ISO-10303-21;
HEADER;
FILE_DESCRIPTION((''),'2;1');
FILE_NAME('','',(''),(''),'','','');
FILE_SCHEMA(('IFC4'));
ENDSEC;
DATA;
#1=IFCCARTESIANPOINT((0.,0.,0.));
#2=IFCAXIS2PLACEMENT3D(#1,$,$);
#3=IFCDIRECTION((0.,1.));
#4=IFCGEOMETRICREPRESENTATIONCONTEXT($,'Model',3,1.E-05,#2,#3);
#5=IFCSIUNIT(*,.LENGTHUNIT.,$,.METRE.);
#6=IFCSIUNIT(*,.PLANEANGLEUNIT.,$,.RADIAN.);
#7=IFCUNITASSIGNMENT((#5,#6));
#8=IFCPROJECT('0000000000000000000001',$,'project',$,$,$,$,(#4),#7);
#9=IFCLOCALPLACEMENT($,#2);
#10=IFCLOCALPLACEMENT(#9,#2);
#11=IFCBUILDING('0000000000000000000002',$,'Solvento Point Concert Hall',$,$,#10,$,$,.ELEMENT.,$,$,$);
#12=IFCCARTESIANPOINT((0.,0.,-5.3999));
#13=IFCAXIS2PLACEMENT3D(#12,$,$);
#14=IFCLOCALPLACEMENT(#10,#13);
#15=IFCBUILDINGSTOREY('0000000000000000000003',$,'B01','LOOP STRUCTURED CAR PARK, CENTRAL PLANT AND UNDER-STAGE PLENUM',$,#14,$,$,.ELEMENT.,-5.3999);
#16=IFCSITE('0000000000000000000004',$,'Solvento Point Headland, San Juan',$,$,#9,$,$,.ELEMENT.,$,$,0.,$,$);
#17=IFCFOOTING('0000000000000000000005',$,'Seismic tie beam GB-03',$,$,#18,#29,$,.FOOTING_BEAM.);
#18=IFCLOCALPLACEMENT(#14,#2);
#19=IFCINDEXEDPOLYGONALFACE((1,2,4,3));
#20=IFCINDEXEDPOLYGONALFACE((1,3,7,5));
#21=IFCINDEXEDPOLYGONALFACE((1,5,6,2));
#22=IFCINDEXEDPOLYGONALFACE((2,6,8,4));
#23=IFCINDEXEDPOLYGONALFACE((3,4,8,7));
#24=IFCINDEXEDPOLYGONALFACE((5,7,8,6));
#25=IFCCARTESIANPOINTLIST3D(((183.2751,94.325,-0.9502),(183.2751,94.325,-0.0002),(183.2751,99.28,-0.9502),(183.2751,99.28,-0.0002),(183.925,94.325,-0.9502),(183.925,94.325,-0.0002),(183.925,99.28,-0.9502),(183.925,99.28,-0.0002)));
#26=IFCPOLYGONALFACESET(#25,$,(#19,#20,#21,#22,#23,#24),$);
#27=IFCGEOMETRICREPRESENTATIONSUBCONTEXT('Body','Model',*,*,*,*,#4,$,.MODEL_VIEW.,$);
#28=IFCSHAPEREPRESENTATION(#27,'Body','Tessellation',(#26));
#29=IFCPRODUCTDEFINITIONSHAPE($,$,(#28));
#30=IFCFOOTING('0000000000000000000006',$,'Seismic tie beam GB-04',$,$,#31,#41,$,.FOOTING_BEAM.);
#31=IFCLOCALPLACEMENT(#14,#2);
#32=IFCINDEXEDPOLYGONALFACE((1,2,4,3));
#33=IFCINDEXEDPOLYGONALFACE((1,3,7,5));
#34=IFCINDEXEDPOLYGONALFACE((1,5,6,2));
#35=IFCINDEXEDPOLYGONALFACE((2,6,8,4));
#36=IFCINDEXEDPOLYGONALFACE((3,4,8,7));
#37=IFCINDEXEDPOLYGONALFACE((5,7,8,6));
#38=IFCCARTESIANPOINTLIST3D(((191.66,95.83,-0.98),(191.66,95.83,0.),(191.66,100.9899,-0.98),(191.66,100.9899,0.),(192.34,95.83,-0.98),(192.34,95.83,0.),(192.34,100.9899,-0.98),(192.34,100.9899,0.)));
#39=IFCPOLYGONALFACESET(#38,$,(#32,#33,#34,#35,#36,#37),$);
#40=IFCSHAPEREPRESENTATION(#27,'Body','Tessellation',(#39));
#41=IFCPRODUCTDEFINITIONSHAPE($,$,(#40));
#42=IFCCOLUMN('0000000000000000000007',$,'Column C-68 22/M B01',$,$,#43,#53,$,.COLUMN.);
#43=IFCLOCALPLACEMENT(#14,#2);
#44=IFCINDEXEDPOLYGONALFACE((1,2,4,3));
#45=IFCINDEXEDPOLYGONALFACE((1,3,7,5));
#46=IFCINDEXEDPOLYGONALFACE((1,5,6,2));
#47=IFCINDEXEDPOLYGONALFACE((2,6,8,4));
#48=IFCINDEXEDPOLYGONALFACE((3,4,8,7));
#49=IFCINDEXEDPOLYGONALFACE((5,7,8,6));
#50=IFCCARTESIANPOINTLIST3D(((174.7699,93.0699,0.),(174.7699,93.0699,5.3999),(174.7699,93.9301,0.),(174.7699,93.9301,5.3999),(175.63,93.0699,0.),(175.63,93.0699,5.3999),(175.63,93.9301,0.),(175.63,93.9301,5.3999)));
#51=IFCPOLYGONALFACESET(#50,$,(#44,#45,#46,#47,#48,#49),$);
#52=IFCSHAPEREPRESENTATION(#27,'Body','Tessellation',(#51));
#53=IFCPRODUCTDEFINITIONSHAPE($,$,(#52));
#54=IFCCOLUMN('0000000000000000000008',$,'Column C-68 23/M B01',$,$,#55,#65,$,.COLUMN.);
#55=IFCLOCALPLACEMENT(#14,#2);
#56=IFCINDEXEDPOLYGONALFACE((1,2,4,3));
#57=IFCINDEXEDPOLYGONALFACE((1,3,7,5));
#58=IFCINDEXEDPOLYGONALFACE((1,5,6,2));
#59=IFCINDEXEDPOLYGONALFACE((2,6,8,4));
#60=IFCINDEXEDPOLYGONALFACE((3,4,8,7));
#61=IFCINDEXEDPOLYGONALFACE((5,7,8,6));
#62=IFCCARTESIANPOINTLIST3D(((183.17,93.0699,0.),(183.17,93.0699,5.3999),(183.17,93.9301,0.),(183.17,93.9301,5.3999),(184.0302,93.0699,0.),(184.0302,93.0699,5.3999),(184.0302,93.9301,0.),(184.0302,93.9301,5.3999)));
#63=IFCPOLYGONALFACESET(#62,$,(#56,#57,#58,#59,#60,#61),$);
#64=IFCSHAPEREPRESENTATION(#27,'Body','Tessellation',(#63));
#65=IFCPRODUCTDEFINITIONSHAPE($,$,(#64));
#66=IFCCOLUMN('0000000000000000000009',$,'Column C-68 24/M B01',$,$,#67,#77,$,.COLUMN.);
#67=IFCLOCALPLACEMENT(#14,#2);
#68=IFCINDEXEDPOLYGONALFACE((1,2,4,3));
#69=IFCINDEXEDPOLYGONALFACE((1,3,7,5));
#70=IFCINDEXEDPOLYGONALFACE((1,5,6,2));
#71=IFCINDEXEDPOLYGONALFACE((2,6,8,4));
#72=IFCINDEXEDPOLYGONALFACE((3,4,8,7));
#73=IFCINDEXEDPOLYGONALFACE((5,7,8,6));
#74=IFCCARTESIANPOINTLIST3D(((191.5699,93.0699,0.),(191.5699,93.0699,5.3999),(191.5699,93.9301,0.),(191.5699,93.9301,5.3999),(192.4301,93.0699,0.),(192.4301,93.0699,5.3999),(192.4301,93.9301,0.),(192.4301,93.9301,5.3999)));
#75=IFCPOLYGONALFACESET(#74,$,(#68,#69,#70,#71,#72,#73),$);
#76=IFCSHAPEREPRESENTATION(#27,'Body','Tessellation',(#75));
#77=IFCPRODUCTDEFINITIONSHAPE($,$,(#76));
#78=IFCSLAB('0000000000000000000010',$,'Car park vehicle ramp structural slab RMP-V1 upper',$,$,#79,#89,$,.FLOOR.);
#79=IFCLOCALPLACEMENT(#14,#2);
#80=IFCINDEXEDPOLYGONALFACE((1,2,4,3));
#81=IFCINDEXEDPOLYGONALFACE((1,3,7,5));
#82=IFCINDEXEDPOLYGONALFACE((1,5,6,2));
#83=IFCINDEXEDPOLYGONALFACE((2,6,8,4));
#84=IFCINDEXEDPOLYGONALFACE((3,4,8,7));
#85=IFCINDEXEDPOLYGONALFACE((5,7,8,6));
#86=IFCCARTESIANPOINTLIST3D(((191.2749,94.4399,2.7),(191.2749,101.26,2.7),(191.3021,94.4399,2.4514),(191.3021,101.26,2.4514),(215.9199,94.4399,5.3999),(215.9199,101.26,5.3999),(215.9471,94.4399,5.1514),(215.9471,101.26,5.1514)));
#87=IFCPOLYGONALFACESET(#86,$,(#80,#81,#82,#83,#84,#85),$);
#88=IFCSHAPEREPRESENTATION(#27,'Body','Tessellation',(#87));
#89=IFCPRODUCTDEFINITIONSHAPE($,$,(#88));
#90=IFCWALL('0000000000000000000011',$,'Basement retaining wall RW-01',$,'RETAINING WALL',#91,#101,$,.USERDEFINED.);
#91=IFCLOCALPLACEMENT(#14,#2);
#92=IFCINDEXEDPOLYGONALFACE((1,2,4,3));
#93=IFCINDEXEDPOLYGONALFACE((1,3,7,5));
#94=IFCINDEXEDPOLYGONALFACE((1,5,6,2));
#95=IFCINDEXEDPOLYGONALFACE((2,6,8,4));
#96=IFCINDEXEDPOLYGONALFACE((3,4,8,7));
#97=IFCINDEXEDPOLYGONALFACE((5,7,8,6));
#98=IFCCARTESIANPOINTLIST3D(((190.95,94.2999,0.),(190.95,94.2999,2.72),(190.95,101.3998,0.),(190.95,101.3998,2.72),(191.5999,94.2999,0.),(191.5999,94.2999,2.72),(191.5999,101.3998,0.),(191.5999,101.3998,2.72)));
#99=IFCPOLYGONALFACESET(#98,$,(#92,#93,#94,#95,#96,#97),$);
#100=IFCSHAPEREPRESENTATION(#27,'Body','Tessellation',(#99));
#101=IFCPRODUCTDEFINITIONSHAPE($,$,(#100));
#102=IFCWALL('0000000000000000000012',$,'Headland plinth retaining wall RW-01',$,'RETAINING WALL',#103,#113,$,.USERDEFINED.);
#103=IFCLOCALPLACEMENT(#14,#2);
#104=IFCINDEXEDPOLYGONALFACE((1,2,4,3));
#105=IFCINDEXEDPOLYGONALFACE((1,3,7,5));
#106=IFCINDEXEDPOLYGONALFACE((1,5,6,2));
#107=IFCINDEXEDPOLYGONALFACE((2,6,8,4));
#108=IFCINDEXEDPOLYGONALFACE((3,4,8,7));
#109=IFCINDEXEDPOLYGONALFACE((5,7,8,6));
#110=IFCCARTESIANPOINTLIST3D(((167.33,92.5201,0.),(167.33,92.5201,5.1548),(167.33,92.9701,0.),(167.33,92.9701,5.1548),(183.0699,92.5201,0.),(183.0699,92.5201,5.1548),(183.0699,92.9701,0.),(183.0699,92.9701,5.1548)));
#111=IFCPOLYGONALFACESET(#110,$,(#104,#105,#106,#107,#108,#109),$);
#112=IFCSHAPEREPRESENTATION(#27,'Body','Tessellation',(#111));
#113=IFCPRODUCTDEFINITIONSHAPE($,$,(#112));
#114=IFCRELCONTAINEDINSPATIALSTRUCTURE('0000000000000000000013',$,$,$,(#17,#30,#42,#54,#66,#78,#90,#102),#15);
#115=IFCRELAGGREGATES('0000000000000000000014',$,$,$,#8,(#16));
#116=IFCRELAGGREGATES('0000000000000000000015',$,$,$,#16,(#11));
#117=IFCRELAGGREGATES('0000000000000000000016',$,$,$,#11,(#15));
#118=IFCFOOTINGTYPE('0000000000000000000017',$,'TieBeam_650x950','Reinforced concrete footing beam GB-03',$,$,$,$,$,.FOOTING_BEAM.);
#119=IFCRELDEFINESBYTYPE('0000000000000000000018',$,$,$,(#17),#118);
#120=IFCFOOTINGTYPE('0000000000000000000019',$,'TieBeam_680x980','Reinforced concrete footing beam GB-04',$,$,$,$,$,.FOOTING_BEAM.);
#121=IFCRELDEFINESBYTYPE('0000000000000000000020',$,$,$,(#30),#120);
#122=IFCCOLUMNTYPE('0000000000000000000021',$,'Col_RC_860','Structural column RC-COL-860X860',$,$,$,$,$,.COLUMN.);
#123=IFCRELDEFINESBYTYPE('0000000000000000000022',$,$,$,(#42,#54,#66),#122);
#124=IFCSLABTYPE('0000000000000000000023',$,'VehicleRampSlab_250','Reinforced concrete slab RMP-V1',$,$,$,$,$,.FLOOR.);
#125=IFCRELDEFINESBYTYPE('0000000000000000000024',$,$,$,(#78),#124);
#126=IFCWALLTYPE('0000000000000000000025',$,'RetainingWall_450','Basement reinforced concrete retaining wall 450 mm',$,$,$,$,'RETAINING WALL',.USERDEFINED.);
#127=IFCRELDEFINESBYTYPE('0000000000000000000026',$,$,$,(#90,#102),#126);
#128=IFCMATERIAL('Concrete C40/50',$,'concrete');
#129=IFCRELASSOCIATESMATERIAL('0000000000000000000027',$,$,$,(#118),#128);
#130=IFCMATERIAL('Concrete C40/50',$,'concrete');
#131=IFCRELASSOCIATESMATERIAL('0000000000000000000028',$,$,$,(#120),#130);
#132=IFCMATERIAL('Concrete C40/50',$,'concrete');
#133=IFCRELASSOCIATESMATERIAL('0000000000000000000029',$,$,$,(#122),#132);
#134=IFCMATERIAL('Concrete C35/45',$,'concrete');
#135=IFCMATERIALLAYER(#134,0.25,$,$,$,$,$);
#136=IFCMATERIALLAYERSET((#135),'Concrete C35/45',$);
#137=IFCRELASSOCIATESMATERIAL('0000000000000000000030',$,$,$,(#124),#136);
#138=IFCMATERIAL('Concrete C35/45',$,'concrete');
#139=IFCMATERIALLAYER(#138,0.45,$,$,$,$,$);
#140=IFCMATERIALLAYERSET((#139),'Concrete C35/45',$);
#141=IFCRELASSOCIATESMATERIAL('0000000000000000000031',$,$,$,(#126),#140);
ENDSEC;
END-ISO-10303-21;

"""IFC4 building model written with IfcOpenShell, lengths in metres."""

from ifc_helpers import new_model, si_unit, direction, frame, frame_2d, origin, origin_2d, place, context, subcontext, project, spatial, polyline, rectangle, outline, extrude, material, layer, layer_set, material_profile, profile_set, type_object, element, save


model = new_model("IFC4")

# Units and contexts
model_context = context("Model", 3, precision=1e-05, world=origin(), true_north=direction((0.0, 1.0)))
body_context = subcontext(model_context, "Body", "Model", "MODEL_VIEW")
ifc_project = project(units=[si_unit("LENGTHUNIT", "METRE"), si_unit("PLANEANGLEUNIT", "RADIAN")], contexts=[model_context])

# Site, building, storey
site_placement = place(None, origin())
site = spatial("IfcSite", under=ifc_project, at=site_placement, Name="Solvento Point Headland, San Juan", CompositionType="ELEMENT", RefElevation=0.0)
building_placement = place(site_placement, origin())
building = spatial("IfcBuilding", under=site, at=building_placement, Name="Solvento Point Concert Hall", CompositionType="ELEMENT")
storey_placement = place(building_placement, frame((0.0, 0.0, -5.3999)))
storey = spatial("IfcBuildingStorey", under=building, at=storey_placement, Name="B01", Description="LOOP STRUCTURED CAR PARK, CENTRAL PLANT AND UNDER-STAGE PLENUM", CompositionType="ELEMENT", Elevation=-5.3999)

# Footings
ifc_material_1 = material(Name="Concrete C40/50", Category="concrete")
footing_type_1 = type_object("IfcFootingType", Name="TieBeam_650x950", Description="Reinforced concrete footing beam GB-03", PredefinedType="FOOTING_BEAM", material=ifc_material_1)
footing_1_placement = place(storey_placement, frame((183.6001, 96.8025, -0.9502), z_axis=(0.0, 0.0, 1.0), x_axis=(0.0, 1.0, 0.0)))
element("IfcFooting", 1, at=footing_1_placement, inside=storey, type_object=footing_type_1, Name="Seismic tie beam GB-03", PredefinedType="FOOTING_BEAM", context=body_context, shape_type="SweptSolid", body=[
    extrude(rectangle(XDim=4.9551, YDim=0.6499, at=origin_2d()), origin(), (0.0, 0.0, 1.0), 0.95),
])
ifc_material_2 = material(Name="Concrete C40/50", Category="concrete")
footing_type_2 = type_object("IfcFootingType", Name="TieBeam_680x980", Description="Reinforced concrete footing beam GB-04", PredefinedType="FOOTING_BEAM", material=ifc_material_2)
footing_2_placement = place(storey_placement, frame((192.0, 98.4099, -0.98), z_axis=(0.0, 0.0, 1.0), x_axis=(0.0, 1.0, 0.0)))
element("IfcFooting", 2, at=footing_2_placement, inside=storey, type_object=footing_type_2, Name="Seismic tie beam GB-04", PredefinedType="FOOTING_BEAM", context=body_context, shape_type="SweptSolid", body=[
    extrude(rectangle(XDim=5.1599, YDim=0.6799, at=origin_2d()), origin(), (0.0, 0.0, 1.0), 0.98),
])

# Columns
ifc_material_3 = material(Name="Concrete C40/50", Category="concrete")
ifc_material_profile_1 = material_profile(ifc_material_3, rectangle(XDim=0.8601, YDim=0.8601, at=origin_2d()), Name="RC-COL-860X860")
ifc_profile_set_1 = profile_set([ifc_material_profile_1], Name="Concrete C40/50")
column_type = type_object("IfcColumnType", Name="Col_RC_860", Description="Structural column RC-COL-860X860", PredefinedType="COLUMN", material=ifc_profile_set_1)
for number, where, z_axis, x_axis, name in (
    (3, (175.2, 93.5, 0.0), (0.0, 0.0, 1.0), (1.0, 0.0, 0.0), "Column C-68 22/M B01"),
    (4, (183.6001, 93.5, 0.0), (0.0, 0.0, 1.0), (1.0, 0.0, 0.0), "Column C-68 23/M B01"),
    (5, (192.0, 93.5, 0.0), (0.0, 0.0, 1.0), (1.0, 0.0, 0.0), "Column C-68 24/M B01"),
):
    element("IfcColumn", number, at=place(storey_placement, frame(where, z_axis=z_axis, x_axis=x_axis)), inside=storey, type_object=column_type, Name=name, PredefinedType="COLUMN", context=body_context, shape_type="SweptSolid", body=[
        extrude(rectangle(XDim=0.8601, YDim=0.8601, at=origin_2d()), origin(), (0.0, 0.0, 1.0), 5.3999),
    ])

# Slab
ifc_material_4 = material(Name="Concrete C35/45", Category="concrete")
ifc_layer_1 = layer(ifc_material_4, 0.25)
ifc_layer_set_1 = layer_set([ifc_layer_1], Name="Concrete C35/45")
slab_type = type_object("IfcSlabType", Name="VehicleRampSlab_250", Description="Reinforced concrete slab RMP-V1", PredefinedType="FLOOR", material=ifc_layer_set_1)
slab_placement = place(storey_placement, frame((191.2749, 94.4399, 2.7), z_axis=(-0.108902, 0.0, 0.994052), x_axis=(0.994052, 0.0, 0.108902)))
element("IfcSlab", 6, at=slab_placement, inside=storey, type_object=slab_type, Name="Car park vehicle ramp structural slab RMP-V1 upper", PredefinedType="FLOOR", context=body_context, shape_type="SweptSolid", body=[
    extrude(outline(polyline([(0.0, 0.0), (24.7925, 0.0), (24.7925, 6.8201), (0.0, 6.8201), (0.0, 0.0)])), origin(), (0.0, 0.0, -1.0), 0.25),
])

# Walls
ifc_material_5 = material(Name="Concrete C35/45", Category="concrete")
ifc_layer_2 = layer(ifc_material_5, 0.45)
ifc_layer_set_2 = layer_set([ifc_layer_2], Name="Concrete C35/45")
wall_type = type_object("IfcWallType", Name="RetainingWall_450", Description="Basement reinforced concrete retaining wall 450 mm", ElementType="RETAINING WALL", PredefinedType="USERDEFINED", material=ifc_layer_set_2)
wall_1_placement = place(storey_placement, frame((191.2749, 94.3, 0.0), z_axis=(0.0, 0.0, 1.0), x_axis=(0.0, 1.0, 0.0)))
element("IfcWall", 7, at=wall_1_placement, inside=storey, type_object=wall_type, Name="Basement retaining wall RW-01", ObjectType="RETAINING WALL", PredefinedType="USERDEFINED", context=body_context, shape_type="SweptSolid", body=[
    extrude(rectangle(XDim=7.0999, YDim=0.6499, at=frame_2d((3.5498, 0.0))), origin(), (0.0, 0.0, 1.0), 2.72),
])
wall_2_placement = place(storey_placement, frame((183.0701, 92.7451, 0.0), z_axis=(0.0, 0.0, 1.0), x_axis=(-1.0, 0.0, 0.0)))
element("IfcWall", 8, at=wall_2_placement, inside=storey, type_object=wall_type, Name="Headland plinth retaining wall RW-01", ObjectType="RETAINING WALL", PredefinedType="USERDEFINED", context=body_context, shape_type="SweptSolid", body=[
    extrude(rectangle(XDim=15.74, YDim=0.45, at=frame_2d((7.8701, 0.0))), origin(), (0.0, 0.0, 1.0), 5.1548),
])

save(model, "model.ifc")
